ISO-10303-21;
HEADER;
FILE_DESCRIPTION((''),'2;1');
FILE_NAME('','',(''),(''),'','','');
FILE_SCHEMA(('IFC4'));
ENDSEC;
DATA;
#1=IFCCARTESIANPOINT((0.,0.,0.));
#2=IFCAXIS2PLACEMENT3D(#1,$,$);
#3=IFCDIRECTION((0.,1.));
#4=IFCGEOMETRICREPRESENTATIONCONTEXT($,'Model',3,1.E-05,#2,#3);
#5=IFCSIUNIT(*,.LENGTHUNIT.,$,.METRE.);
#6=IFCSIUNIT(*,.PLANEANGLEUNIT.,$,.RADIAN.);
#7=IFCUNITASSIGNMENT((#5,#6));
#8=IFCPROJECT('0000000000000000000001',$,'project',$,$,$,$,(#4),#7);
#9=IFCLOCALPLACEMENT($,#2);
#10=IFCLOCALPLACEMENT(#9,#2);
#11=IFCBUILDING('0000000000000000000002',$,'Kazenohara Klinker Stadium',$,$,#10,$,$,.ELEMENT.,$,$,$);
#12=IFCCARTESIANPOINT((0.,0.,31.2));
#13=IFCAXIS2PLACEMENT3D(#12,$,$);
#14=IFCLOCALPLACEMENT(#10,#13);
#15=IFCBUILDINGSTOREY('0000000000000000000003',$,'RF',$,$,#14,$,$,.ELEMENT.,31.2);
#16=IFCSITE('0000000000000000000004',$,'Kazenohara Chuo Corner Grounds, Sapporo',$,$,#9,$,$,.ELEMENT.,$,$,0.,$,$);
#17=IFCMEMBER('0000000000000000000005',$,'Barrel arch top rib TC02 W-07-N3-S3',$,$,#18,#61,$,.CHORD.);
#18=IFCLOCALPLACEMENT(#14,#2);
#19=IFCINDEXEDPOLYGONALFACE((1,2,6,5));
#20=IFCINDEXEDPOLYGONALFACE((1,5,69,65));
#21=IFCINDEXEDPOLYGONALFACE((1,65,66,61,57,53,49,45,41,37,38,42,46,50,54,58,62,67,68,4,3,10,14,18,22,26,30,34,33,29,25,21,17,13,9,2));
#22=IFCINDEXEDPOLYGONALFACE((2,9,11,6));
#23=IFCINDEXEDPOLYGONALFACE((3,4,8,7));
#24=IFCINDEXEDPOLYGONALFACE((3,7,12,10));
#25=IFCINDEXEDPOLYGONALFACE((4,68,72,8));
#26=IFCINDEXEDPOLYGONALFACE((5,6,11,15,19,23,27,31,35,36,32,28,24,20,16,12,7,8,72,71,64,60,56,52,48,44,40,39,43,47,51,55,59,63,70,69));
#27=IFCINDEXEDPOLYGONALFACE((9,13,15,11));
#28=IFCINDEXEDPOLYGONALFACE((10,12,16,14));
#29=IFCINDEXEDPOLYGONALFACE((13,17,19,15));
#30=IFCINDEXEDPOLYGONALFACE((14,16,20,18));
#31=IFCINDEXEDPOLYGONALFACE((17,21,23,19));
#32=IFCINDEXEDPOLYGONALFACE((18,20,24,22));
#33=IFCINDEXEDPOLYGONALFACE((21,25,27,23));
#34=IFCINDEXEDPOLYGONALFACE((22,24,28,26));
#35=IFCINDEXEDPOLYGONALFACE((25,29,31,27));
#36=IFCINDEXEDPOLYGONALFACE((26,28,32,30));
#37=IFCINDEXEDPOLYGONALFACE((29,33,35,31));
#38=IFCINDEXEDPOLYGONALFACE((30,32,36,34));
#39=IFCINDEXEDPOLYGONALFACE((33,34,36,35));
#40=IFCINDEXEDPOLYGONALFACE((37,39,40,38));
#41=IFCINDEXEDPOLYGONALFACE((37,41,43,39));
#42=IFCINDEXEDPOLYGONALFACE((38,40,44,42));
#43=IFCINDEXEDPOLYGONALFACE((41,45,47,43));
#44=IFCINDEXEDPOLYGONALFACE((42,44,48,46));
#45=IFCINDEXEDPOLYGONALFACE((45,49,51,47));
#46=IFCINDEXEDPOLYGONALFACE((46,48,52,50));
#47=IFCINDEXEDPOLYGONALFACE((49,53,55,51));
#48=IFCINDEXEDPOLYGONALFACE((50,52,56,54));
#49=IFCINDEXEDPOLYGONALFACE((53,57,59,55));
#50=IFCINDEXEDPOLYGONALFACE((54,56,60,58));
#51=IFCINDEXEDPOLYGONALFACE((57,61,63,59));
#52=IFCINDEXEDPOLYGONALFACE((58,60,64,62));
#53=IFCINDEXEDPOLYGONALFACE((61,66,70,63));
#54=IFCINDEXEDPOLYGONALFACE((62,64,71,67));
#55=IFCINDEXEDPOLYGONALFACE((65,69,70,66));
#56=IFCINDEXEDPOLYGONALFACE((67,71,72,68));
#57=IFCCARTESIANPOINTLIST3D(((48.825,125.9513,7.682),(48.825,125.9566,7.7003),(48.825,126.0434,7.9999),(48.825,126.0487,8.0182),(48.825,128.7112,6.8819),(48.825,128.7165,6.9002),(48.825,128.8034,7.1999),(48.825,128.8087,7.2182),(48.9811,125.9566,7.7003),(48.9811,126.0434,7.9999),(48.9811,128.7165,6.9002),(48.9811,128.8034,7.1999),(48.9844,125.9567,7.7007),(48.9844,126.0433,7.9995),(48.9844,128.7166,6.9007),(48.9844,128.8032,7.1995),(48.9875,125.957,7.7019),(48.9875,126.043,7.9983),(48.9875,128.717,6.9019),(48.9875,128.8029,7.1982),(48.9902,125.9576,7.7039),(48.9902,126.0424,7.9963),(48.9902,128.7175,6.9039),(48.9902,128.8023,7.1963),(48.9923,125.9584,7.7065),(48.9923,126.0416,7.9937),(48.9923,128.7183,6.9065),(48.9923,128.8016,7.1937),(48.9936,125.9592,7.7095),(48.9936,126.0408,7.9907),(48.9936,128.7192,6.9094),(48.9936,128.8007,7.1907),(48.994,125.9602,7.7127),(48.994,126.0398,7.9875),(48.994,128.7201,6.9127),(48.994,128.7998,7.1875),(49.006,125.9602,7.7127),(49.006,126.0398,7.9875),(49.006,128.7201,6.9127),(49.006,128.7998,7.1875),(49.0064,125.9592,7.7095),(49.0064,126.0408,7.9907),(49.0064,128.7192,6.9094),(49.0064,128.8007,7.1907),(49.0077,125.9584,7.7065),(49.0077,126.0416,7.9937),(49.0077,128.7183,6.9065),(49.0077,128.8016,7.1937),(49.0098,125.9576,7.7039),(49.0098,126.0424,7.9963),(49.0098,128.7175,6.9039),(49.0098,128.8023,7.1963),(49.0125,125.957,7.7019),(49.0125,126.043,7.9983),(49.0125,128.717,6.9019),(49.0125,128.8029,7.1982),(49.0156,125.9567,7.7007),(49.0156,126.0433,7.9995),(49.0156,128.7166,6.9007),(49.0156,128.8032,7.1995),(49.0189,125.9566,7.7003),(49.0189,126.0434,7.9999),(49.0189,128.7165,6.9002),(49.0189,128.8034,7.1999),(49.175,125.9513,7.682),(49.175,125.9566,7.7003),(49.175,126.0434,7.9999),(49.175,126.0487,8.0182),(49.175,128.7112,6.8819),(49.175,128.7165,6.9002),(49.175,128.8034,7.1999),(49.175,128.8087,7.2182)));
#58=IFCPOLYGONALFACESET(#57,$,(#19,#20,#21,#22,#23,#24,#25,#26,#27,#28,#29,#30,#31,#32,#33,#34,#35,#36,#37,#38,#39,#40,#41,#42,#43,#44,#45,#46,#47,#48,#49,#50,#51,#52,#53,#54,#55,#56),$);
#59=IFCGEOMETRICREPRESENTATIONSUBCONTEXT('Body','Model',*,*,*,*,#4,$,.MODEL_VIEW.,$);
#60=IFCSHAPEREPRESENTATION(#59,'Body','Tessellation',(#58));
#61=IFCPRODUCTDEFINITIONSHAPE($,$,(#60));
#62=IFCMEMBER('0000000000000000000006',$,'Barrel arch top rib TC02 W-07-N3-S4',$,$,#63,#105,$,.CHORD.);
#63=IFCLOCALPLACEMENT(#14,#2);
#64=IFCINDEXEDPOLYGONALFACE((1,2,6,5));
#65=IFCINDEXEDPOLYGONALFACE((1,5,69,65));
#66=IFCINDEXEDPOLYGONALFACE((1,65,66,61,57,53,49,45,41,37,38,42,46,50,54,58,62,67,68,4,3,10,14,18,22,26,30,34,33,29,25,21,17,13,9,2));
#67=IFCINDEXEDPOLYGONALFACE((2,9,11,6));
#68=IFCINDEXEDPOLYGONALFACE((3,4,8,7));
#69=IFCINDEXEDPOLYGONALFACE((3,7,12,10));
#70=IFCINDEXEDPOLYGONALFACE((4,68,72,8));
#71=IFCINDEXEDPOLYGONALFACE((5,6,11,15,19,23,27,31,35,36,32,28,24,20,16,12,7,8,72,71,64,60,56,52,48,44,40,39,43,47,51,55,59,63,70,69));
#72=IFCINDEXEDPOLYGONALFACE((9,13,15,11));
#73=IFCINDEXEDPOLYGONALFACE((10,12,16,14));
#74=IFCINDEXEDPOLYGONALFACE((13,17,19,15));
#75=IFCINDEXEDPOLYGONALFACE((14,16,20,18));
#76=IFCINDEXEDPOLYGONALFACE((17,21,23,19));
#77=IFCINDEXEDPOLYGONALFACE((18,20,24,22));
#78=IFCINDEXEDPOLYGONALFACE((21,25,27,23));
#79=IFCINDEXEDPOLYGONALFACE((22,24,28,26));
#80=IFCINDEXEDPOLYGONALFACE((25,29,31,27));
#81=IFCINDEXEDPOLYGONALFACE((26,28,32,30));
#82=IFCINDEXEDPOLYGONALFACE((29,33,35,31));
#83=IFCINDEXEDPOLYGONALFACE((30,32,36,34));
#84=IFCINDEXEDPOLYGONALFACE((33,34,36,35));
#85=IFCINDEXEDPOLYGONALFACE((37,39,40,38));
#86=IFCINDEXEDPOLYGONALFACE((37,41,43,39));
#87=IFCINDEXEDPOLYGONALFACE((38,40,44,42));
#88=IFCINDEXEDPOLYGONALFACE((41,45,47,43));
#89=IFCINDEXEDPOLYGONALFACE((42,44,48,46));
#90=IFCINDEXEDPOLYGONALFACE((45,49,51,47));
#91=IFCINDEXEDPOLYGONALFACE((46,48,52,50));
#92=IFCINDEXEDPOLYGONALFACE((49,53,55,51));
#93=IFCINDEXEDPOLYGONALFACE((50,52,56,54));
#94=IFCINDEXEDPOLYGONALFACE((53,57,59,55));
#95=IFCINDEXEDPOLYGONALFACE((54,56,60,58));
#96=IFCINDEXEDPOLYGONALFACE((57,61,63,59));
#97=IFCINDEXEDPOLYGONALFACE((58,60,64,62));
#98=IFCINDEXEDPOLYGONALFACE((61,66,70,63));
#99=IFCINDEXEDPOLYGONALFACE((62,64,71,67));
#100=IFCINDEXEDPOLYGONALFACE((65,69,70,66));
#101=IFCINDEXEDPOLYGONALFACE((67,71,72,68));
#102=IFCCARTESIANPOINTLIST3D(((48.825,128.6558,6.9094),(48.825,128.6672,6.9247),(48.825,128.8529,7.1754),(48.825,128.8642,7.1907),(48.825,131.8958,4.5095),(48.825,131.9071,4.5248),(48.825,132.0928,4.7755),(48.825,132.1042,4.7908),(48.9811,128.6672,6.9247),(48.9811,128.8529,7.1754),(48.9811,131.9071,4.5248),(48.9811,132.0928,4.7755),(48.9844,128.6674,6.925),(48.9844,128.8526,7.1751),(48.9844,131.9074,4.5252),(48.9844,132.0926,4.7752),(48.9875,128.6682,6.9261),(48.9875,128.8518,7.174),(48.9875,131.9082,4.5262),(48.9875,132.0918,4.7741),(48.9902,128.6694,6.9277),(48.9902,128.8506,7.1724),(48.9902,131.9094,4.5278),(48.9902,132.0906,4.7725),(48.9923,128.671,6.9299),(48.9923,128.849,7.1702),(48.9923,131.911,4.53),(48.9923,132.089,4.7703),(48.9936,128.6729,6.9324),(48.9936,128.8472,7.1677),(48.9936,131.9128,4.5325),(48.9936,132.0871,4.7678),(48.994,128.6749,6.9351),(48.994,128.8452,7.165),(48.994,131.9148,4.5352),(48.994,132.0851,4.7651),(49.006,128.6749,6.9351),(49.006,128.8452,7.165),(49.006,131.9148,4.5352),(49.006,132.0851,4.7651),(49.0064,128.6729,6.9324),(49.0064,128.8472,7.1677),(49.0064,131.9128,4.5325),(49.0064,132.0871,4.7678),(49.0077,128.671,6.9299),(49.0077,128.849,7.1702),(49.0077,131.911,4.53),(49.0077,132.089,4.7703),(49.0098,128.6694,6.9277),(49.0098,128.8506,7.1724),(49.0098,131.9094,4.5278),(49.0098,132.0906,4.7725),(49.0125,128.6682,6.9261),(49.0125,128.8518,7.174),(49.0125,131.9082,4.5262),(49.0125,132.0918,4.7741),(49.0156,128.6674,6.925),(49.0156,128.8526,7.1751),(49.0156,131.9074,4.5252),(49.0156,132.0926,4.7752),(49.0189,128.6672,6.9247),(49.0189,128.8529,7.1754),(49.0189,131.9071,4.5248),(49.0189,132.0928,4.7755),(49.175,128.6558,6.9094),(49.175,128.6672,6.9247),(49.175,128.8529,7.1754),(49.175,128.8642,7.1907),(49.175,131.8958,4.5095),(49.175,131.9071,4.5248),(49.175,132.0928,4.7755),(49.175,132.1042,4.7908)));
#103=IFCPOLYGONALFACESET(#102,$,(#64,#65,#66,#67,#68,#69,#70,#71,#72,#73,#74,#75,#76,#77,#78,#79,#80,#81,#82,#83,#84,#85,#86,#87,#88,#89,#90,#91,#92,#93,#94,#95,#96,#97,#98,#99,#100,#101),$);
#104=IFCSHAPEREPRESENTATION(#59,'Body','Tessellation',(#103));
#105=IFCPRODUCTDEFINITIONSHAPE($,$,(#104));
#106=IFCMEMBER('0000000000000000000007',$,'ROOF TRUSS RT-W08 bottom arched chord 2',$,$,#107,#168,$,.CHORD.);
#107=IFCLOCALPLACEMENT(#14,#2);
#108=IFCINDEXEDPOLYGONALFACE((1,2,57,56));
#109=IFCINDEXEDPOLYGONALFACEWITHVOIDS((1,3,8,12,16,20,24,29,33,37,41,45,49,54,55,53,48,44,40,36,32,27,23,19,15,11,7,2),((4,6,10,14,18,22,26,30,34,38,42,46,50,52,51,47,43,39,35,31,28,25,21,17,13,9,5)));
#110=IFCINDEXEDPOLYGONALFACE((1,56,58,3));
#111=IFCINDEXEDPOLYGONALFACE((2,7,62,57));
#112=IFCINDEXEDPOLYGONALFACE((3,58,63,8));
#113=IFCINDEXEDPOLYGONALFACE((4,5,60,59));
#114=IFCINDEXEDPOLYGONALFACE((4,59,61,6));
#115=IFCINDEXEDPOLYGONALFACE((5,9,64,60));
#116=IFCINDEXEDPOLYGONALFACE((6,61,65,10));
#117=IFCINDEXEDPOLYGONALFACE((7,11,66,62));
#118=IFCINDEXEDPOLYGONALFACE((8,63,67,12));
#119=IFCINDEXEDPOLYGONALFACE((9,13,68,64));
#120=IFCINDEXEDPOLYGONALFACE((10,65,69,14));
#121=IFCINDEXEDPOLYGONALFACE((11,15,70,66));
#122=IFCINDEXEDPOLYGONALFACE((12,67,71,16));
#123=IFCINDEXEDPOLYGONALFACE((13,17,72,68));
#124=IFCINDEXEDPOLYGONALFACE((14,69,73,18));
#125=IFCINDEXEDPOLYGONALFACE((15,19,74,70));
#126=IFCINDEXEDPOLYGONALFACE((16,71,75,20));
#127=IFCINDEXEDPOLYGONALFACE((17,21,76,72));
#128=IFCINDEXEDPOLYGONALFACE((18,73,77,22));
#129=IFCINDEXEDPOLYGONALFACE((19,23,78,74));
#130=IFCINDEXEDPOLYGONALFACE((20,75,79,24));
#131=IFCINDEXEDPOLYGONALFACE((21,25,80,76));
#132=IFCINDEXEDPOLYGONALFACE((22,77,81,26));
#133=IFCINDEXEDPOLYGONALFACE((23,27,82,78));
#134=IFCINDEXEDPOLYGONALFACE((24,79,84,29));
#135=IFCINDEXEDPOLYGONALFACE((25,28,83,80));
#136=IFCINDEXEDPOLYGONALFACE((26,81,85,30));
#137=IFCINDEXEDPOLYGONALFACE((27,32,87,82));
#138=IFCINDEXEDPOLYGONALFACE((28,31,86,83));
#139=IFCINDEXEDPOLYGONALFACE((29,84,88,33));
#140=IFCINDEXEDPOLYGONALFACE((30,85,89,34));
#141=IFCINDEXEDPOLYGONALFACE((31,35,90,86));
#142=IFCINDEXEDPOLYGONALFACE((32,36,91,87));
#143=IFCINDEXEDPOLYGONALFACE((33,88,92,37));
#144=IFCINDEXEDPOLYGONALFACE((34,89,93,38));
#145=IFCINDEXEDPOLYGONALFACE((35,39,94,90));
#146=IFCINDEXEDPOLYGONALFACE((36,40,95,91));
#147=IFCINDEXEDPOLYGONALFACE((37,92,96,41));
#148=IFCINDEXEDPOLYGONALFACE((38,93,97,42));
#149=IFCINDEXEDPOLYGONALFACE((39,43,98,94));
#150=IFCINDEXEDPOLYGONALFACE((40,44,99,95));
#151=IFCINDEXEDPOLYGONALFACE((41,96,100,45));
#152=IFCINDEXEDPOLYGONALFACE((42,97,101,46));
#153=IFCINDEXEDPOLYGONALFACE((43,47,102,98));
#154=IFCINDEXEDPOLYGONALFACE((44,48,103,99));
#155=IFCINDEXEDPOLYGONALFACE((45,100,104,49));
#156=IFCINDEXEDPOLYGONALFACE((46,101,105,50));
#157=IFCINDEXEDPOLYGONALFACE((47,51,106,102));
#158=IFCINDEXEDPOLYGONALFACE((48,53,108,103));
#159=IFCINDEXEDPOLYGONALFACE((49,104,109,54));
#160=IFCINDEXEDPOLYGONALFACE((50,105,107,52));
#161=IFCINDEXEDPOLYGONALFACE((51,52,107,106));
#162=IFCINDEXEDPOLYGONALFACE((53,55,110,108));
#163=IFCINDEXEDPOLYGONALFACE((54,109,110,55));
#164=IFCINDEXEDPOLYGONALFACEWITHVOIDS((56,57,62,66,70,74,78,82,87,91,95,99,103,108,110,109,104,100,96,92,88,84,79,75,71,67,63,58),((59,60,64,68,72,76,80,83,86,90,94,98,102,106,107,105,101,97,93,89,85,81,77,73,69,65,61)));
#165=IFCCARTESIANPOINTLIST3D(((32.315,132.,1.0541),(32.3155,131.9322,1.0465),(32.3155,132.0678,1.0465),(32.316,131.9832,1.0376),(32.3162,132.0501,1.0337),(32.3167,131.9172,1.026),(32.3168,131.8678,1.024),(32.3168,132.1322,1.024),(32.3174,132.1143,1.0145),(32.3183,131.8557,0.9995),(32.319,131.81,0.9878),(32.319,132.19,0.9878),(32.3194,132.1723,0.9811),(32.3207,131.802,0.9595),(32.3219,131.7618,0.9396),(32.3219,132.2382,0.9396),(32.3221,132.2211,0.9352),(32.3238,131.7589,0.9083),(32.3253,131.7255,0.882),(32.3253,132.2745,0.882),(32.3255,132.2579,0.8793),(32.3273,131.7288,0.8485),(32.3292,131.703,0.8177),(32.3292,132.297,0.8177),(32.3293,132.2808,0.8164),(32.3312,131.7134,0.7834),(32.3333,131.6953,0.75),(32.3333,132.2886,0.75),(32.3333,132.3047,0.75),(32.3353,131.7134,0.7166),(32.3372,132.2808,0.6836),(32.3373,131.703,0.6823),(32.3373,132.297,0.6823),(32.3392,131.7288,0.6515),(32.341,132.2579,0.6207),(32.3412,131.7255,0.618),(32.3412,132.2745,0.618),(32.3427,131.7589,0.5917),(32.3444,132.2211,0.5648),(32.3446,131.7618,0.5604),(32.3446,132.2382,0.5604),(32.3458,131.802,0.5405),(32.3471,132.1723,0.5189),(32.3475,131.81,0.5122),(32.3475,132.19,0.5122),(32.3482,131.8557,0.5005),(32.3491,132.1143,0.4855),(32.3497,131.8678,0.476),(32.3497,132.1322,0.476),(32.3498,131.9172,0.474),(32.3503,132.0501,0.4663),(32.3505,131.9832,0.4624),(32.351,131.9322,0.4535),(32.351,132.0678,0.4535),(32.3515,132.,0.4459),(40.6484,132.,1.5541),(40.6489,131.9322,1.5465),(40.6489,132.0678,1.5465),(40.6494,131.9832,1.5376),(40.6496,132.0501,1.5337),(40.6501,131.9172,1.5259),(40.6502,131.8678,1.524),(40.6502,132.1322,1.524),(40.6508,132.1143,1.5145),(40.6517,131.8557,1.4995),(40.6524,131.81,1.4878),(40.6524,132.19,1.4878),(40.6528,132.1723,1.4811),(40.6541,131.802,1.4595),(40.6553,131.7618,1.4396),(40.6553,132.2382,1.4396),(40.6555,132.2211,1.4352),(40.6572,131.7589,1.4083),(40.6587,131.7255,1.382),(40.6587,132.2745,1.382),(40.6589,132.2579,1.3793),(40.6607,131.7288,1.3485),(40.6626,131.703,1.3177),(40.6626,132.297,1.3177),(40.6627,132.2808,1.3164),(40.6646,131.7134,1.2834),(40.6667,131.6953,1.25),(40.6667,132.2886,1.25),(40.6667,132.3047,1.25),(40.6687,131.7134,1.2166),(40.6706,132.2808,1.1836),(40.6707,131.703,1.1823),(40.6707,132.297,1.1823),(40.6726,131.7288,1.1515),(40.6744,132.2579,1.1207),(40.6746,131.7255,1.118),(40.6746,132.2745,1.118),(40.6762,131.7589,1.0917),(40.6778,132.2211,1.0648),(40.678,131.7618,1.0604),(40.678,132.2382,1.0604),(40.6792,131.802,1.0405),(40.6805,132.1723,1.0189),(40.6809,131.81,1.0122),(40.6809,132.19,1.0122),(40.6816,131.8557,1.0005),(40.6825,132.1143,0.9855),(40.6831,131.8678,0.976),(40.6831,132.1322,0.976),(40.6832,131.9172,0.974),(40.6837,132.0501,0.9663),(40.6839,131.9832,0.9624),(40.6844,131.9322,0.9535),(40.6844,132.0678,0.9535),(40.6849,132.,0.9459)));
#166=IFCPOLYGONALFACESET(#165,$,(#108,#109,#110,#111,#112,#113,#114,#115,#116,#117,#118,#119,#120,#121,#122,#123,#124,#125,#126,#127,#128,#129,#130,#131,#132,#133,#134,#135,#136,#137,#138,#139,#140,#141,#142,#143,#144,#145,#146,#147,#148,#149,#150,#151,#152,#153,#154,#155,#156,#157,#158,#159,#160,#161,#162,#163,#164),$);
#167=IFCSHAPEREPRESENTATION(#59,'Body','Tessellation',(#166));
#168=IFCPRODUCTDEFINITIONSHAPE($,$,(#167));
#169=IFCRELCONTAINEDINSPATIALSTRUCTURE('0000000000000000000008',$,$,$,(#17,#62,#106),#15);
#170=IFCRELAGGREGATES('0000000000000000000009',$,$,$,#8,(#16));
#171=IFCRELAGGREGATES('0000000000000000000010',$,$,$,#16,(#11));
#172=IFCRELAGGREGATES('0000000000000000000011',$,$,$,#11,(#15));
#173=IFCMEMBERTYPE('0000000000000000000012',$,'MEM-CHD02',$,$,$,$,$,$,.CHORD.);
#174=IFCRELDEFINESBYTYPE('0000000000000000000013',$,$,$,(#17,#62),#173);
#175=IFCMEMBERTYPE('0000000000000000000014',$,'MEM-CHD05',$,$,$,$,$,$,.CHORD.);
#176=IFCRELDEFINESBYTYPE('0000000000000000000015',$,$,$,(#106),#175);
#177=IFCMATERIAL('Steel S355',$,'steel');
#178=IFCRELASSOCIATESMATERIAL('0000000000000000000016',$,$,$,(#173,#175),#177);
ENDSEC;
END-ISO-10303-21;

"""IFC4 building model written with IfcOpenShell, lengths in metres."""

from ifc_helpers import new_model, si_unit, direction, frame, origin, origin_2d, place, context, subcontext, project, spatial, hollow_circle, i_section, extrude, material, material_profile, profile_set, type_object, element, save


model = new_model("IFC4")

# Units and contexts
model_context = context("Model", 3, precision=1e-05, world=origin(), true_north=direction((0.0, 1.0)))
body_context = subcontext(model_context, "Body", "Model", "MODEL_VIEW")
ifc_project = project(units=[si_unit("LENGTHUNIT", "METRE"), si_unit("PLANEANGLEUNIT", "RADIAN")], contexts=[model_context])

# Site, building, storey
site_placement = place(None, origin())
site = spatial("IfcSite", under=ifc_project, at=site_placement, Name="Kazenohara Chuo Corner Grounds, Sapporo", CompositionType="ELEMENT", RefElevation=0.0)
building_placement = place(site_placement, origin())
building = spatial("IfcBuilding", under=site, at=building_placement, Name="Kazenohara Klinker Stadium", CompositionType="ELEMENT")
storey_placement = place(building_placement, frame((0.0, 0.0, 31.2)))
storey = spatial("IfcBuildingStorey", under=building, at=storey_placement, Name="RF", CompositionType="ELEMENT", Elevation=31.2)

# Members
ifc_material_1 = material(Name="Steel S355", Category="steel")
ifc_material_profile_1 = material_profile(ifc_material_1, i_section(OverallWidth=0.3501, OverallDepth=0.3501, WebThickness=0.012, FlangeThickness=0.019, FilletRadius=0.0129, at=origin_2d()), Name="H-350x350x12x19")
ifc_profile_set_1 = profile_set([ifc_material_profile_1], Name="Steel S355")
member_type_1 = type_object("IfcMemberType", Name="MEM-CHD02", PredefinedType="CHORD", material=ifc_profile_set_1)
for number, where, z_axis, x_axis, name in (
    (1, (49.0, 126.0, 7.8501), (0.0, 0.960462, -0.278411), (-1.0, 0.0, 0.0), "Barrel arch top rib TC02 W-07-N3-S3"),
):
    element("IfcMember", number, at=place(storey_placement, frame(where, z_axis=z_axis, x_axis=x_axis)), inside=storey, type_object=member_type_1, Name=name, PredefinedType="CHORD", context=body_context, shape_type="SweptSolid", body=[
        extrude(i_section(OverallWidth=0.3501, OverallDepth=0.3501, WebThickness=0.012, FlangeThickness=0.019, FilletRadius=0.0129, at=origin_2d()), origin(), (0.0, 0.0, 1.0), 2.8735),
    ])
member_1_placement = place(storey_placement, frame((49.0, 128.76, 7.05), z_axis=(0.0, 0.803568, -0.595213), x_axis=(-1.0, 0.0, 0.0)))
element("IfcMember", 2, at=member_1_placement, inside=storey, type_object=member_type_1, Name="Barrel arch top rib TC02 W-07-N3-S4", PredefinedType="CHORD", context=body_context, shape_type="SweptSolid", body=[
    extrude(i_section(OverallWidth=0.3501, OverallDepth=0.3501, WebThickness=0.012, FlangeThickness=0.019, FilletRadius=0.0129, at=origin_2d()), origin(), (0.0, 0.0, 1.0), 4.032),
])
ifc_material_profile_2 = material_profile(ifc_material_1, hollow_circle(Radius=0.3047, WallThickness=0.0161, at=origin_2d()), Name="CHS-609.6x16")
ifc_profile_set_2 = profile_set([ifc_material_profile_2], Name="Steel S355")
member_type_2 = type_object("IfcMemberType", Name="MEM-CHD05", PredefinedType="CHORD", material=ifc_profile_set_2)
member_2_placement = place(storey_placement, frame((32.3333, 132.0, 0.75), z_axis=(0.998205, 0.0, 0.059891), x_axis=(0.0, 1.0, 0.0)))
element("IfcMember", 3, at=member_2_placement, inside=storey, type_object=member_type_2, Name="ROOF TRUSS RT-W08 bottom arched chord 2", PredefinedType="CHORD", context=body_context, shape_type="SweptSolid", body=[
    extrude(hollow_circle(Radius=0.3047, WallThickness=0.0161, at=origin_2d()), origin(), (0.0, 0.0, 1.0), 8.3484),
])

save(model, "model.ifc")
